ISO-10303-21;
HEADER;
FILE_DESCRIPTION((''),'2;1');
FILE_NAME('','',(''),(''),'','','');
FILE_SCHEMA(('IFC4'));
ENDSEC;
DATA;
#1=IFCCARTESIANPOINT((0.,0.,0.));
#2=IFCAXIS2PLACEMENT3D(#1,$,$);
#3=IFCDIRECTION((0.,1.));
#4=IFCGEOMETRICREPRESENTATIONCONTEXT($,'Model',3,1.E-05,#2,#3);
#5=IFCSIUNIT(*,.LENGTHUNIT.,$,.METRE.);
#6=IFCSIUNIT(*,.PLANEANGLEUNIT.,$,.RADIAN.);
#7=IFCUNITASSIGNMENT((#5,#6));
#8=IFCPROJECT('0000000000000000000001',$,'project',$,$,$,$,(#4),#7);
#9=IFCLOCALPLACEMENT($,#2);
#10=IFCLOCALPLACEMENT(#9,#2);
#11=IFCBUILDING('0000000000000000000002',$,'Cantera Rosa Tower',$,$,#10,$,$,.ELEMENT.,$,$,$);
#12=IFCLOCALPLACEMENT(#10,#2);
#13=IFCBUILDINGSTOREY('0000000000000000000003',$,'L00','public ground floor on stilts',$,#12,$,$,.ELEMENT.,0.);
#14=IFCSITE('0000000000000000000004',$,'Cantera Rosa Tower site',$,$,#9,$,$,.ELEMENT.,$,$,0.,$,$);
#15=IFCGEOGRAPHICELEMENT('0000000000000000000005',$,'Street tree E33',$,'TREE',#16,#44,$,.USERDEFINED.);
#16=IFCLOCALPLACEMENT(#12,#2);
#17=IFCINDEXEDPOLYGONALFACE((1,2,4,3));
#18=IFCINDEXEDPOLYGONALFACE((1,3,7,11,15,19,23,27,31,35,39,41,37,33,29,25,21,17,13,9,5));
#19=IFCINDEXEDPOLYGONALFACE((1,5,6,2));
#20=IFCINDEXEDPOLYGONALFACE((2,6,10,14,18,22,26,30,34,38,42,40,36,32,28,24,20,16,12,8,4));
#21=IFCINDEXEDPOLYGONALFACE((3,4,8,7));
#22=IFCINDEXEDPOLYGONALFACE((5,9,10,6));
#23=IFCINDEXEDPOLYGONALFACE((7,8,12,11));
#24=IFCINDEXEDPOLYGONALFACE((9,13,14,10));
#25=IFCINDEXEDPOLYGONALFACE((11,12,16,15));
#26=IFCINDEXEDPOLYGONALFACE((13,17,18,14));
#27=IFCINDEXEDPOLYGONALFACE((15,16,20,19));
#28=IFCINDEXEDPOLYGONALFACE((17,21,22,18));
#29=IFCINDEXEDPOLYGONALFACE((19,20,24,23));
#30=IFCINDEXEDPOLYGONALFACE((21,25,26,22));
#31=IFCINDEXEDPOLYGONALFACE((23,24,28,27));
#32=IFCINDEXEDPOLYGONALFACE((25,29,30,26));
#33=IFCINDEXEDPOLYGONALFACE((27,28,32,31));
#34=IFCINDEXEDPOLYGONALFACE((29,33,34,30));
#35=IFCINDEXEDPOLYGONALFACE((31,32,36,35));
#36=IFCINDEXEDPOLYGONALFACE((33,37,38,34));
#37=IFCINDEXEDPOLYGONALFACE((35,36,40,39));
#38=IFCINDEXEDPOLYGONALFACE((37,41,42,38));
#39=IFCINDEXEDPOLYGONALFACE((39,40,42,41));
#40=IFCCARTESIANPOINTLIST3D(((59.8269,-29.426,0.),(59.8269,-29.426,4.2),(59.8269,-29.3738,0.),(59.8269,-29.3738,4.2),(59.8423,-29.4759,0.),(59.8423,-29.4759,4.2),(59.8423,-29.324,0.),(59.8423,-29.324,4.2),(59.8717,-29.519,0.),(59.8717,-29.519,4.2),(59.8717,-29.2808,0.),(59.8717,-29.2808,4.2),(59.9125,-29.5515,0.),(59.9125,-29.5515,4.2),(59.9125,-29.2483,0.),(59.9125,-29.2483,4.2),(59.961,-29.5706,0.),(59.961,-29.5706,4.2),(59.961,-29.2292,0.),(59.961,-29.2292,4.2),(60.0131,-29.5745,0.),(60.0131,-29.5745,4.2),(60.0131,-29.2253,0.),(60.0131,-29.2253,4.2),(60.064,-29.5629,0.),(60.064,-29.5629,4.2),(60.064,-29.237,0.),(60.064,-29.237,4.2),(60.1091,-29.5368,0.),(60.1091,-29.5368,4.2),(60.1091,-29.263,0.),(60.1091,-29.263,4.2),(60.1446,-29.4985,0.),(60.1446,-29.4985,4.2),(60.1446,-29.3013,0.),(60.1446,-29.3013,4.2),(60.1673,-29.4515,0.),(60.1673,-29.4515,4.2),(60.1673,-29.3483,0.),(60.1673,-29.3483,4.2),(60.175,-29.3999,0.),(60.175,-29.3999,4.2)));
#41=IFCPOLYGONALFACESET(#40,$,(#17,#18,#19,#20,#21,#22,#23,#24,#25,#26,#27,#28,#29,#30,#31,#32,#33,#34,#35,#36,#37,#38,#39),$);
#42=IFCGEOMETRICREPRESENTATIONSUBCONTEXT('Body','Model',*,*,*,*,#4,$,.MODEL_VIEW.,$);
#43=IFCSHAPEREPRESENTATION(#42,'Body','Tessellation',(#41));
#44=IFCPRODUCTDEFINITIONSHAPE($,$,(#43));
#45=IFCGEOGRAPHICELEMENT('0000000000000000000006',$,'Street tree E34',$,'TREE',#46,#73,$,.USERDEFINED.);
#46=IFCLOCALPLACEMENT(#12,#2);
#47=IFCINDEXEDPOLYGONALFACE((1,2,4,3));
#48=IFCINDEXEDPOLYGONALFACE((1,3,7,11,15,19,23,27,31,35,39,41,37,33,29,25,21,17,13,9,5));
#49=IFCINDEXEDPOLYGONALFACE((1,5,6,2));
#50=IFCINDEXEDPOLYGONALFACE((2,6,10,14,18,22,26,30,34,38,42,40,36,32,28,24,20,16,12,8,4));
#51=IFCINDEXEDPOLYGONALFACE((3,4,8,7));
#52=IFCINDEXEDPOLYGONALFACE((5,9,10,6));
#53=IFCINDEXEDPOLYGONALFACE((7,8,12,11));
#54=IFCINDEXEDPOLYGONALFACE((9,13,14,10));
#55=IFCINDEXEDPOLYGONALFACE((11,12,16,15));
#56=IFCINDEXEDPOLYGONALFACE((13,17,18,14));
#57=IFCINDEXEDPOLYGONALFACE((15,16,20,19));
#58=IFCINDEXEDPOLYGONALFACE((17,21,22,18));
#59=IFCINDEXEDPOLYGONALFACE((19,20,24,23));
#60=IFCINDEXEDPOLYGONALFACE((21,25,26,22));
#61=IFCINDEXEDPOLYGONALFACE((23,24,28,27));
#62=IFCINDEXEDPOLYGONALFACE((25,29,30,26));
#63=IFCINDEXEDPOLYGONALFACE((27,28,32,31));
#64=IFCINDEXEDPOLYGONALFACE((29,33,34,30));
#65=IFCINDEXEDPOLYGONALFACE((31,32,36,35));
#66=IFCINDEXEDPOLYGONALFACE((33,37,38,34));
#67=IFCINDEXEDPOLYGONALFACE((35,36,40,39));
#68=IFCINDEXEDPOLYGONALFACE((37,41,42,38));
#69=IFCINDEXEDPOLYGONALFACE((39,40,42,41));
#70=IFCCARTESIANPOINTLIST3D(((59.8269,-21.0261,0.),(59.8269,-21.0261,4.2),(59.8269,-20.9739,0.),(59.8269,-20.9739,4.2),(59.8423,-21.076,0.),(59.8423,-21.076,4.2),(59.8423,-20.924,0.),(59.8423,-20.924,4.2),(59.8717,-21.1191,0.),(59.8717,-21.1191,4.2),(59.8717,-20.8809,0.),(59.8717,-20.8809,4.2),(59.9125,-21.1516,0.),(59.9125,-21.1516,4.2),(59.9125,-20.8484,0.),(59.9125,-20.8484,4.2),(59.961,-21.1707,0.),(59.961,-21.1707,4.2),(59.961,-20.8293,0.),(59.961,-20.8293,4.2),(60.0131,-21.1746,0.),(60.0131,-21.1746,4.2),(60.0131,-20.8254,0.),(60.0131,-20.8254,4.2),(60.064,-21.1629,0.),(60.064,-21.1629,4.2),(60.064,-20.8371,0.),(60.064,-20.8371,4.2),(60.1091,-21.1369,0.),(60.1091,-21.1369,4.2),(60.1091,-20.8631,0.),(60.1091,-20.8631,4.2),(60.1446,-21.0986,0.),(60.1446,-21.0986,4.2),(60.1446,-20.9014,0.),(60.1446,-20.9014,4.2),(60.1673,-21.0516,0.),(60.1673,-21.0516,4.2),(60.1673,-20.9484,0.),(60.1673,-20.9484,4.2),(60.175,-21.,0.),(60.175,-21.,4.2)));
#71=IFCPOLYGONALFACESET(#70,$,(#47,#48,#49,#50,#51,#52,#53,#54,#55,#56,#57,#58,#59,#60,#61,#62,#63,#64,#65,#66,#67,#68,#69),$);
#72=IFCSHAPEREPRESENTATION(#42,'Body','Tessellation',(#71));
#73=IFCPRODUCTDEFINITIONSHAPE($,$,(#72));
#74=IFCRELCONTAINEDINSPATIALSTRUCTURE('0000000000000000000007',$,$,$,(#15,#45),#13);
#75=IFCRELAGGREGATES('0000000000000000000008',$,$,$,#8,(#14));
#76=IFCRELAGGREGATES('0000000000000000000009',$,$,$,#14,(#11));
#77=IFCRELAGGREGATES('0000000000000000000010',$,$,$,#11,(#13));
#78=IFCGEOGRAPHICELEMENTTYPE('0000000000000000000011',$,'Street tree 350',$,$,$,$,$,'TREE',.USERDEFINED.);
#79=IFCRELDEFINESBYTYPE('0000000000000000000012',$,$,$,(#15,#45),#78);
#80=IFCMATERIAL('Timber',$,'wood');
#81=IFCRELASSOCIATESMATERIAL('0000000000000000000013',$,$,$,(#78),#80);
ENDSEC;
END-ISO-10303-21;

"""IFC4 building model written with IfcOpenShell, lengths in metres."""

from ifc_helpers import new_model, si_unit, direction, frame, origin, origin_2d, place, context, subcontext, project, spatial, circle, extrude, material, material_profile, profile_set, type_object, element, save


model = new_model("IFC4")

# Units and contexts
model_context = context("Model", 3, precision=1e-05, world=origin(), true_north=direction((0.0, 1.0)))
body_context = subcontext(model_context, "Body", "Model", "MODEL_VIEW")
ifc_project = project(units=[si_unit("LENGTHUNIT", "METRE"), si_unit("PLANEANGLEUNIT", "RADIAN")], contexts=[model_context])

# Site, building, storey
site_placement = place(None, origin())
site = spatial("IfcSite", under=ifc_project, at=site_placement, Name="Cantera Rosa Tower site", CompositionType="ELEMENT", RefElevation=0.0)
building_placement = place(site_placement, origin())
building = spatial("IfcBuilding", under=site, at=building_placement, Name="Cantera Rosa Tower", CompositionType="ELEMENT")
storey_placement = place(building_placement, origin())
storey = spatial("IfcBuildingStorey", under=building, at=storey_placement, Name="L00", Description="public ground floor on stilts", CompositionType="ELEMENT", Elevation=0.0)

# Geographic elements
ifc_material_1 = material(Name="Timber", Category="wood")
ifc_material_profile_1 = material_profile(ifc_material_1, circle(Radius=0.175, at=origin_2d()), Name="Street tree 350")
ifc_profile_set_1 = profile_set([ifc_material_profile_1], Name="Timber")
geographic_element_type = type_object("IfcGeographicElementType", Name="Street tree 350", ElementType="TREE", PredefinedType="USERDEFINED", material=ifc_profile_set_1)
for number, where, z_axis, x_axis, name in (
    (1, (60.0, -29.3999, 0.0), (0.0, 0.0, 1.0), (1.0, 0.0, 0.0), "Street tree E33"),
    (2, (60.0, -21.0, 0.0), (0.0, 0.0, 1.0), (1.0, 0.0, 0.0), "Street tree E34"),
):
    element("IfcGeographicElement", number, at=place(storey_placement, frame(where, z_axis=z_axis, x_axis=x_axis)), inside=storey, type_object=geographic_element_type, Name=name, ObjectType="TREE", PredefinedType="USERDEFINED", context=body_context, shape_type="SweptSolid", body=[
        extrude(circle(Radius=0.175, at=origin_2d()), origin(), (0.0, 0.0, 1.0), 4.2),
    ])

save(model, "model.ifc")
